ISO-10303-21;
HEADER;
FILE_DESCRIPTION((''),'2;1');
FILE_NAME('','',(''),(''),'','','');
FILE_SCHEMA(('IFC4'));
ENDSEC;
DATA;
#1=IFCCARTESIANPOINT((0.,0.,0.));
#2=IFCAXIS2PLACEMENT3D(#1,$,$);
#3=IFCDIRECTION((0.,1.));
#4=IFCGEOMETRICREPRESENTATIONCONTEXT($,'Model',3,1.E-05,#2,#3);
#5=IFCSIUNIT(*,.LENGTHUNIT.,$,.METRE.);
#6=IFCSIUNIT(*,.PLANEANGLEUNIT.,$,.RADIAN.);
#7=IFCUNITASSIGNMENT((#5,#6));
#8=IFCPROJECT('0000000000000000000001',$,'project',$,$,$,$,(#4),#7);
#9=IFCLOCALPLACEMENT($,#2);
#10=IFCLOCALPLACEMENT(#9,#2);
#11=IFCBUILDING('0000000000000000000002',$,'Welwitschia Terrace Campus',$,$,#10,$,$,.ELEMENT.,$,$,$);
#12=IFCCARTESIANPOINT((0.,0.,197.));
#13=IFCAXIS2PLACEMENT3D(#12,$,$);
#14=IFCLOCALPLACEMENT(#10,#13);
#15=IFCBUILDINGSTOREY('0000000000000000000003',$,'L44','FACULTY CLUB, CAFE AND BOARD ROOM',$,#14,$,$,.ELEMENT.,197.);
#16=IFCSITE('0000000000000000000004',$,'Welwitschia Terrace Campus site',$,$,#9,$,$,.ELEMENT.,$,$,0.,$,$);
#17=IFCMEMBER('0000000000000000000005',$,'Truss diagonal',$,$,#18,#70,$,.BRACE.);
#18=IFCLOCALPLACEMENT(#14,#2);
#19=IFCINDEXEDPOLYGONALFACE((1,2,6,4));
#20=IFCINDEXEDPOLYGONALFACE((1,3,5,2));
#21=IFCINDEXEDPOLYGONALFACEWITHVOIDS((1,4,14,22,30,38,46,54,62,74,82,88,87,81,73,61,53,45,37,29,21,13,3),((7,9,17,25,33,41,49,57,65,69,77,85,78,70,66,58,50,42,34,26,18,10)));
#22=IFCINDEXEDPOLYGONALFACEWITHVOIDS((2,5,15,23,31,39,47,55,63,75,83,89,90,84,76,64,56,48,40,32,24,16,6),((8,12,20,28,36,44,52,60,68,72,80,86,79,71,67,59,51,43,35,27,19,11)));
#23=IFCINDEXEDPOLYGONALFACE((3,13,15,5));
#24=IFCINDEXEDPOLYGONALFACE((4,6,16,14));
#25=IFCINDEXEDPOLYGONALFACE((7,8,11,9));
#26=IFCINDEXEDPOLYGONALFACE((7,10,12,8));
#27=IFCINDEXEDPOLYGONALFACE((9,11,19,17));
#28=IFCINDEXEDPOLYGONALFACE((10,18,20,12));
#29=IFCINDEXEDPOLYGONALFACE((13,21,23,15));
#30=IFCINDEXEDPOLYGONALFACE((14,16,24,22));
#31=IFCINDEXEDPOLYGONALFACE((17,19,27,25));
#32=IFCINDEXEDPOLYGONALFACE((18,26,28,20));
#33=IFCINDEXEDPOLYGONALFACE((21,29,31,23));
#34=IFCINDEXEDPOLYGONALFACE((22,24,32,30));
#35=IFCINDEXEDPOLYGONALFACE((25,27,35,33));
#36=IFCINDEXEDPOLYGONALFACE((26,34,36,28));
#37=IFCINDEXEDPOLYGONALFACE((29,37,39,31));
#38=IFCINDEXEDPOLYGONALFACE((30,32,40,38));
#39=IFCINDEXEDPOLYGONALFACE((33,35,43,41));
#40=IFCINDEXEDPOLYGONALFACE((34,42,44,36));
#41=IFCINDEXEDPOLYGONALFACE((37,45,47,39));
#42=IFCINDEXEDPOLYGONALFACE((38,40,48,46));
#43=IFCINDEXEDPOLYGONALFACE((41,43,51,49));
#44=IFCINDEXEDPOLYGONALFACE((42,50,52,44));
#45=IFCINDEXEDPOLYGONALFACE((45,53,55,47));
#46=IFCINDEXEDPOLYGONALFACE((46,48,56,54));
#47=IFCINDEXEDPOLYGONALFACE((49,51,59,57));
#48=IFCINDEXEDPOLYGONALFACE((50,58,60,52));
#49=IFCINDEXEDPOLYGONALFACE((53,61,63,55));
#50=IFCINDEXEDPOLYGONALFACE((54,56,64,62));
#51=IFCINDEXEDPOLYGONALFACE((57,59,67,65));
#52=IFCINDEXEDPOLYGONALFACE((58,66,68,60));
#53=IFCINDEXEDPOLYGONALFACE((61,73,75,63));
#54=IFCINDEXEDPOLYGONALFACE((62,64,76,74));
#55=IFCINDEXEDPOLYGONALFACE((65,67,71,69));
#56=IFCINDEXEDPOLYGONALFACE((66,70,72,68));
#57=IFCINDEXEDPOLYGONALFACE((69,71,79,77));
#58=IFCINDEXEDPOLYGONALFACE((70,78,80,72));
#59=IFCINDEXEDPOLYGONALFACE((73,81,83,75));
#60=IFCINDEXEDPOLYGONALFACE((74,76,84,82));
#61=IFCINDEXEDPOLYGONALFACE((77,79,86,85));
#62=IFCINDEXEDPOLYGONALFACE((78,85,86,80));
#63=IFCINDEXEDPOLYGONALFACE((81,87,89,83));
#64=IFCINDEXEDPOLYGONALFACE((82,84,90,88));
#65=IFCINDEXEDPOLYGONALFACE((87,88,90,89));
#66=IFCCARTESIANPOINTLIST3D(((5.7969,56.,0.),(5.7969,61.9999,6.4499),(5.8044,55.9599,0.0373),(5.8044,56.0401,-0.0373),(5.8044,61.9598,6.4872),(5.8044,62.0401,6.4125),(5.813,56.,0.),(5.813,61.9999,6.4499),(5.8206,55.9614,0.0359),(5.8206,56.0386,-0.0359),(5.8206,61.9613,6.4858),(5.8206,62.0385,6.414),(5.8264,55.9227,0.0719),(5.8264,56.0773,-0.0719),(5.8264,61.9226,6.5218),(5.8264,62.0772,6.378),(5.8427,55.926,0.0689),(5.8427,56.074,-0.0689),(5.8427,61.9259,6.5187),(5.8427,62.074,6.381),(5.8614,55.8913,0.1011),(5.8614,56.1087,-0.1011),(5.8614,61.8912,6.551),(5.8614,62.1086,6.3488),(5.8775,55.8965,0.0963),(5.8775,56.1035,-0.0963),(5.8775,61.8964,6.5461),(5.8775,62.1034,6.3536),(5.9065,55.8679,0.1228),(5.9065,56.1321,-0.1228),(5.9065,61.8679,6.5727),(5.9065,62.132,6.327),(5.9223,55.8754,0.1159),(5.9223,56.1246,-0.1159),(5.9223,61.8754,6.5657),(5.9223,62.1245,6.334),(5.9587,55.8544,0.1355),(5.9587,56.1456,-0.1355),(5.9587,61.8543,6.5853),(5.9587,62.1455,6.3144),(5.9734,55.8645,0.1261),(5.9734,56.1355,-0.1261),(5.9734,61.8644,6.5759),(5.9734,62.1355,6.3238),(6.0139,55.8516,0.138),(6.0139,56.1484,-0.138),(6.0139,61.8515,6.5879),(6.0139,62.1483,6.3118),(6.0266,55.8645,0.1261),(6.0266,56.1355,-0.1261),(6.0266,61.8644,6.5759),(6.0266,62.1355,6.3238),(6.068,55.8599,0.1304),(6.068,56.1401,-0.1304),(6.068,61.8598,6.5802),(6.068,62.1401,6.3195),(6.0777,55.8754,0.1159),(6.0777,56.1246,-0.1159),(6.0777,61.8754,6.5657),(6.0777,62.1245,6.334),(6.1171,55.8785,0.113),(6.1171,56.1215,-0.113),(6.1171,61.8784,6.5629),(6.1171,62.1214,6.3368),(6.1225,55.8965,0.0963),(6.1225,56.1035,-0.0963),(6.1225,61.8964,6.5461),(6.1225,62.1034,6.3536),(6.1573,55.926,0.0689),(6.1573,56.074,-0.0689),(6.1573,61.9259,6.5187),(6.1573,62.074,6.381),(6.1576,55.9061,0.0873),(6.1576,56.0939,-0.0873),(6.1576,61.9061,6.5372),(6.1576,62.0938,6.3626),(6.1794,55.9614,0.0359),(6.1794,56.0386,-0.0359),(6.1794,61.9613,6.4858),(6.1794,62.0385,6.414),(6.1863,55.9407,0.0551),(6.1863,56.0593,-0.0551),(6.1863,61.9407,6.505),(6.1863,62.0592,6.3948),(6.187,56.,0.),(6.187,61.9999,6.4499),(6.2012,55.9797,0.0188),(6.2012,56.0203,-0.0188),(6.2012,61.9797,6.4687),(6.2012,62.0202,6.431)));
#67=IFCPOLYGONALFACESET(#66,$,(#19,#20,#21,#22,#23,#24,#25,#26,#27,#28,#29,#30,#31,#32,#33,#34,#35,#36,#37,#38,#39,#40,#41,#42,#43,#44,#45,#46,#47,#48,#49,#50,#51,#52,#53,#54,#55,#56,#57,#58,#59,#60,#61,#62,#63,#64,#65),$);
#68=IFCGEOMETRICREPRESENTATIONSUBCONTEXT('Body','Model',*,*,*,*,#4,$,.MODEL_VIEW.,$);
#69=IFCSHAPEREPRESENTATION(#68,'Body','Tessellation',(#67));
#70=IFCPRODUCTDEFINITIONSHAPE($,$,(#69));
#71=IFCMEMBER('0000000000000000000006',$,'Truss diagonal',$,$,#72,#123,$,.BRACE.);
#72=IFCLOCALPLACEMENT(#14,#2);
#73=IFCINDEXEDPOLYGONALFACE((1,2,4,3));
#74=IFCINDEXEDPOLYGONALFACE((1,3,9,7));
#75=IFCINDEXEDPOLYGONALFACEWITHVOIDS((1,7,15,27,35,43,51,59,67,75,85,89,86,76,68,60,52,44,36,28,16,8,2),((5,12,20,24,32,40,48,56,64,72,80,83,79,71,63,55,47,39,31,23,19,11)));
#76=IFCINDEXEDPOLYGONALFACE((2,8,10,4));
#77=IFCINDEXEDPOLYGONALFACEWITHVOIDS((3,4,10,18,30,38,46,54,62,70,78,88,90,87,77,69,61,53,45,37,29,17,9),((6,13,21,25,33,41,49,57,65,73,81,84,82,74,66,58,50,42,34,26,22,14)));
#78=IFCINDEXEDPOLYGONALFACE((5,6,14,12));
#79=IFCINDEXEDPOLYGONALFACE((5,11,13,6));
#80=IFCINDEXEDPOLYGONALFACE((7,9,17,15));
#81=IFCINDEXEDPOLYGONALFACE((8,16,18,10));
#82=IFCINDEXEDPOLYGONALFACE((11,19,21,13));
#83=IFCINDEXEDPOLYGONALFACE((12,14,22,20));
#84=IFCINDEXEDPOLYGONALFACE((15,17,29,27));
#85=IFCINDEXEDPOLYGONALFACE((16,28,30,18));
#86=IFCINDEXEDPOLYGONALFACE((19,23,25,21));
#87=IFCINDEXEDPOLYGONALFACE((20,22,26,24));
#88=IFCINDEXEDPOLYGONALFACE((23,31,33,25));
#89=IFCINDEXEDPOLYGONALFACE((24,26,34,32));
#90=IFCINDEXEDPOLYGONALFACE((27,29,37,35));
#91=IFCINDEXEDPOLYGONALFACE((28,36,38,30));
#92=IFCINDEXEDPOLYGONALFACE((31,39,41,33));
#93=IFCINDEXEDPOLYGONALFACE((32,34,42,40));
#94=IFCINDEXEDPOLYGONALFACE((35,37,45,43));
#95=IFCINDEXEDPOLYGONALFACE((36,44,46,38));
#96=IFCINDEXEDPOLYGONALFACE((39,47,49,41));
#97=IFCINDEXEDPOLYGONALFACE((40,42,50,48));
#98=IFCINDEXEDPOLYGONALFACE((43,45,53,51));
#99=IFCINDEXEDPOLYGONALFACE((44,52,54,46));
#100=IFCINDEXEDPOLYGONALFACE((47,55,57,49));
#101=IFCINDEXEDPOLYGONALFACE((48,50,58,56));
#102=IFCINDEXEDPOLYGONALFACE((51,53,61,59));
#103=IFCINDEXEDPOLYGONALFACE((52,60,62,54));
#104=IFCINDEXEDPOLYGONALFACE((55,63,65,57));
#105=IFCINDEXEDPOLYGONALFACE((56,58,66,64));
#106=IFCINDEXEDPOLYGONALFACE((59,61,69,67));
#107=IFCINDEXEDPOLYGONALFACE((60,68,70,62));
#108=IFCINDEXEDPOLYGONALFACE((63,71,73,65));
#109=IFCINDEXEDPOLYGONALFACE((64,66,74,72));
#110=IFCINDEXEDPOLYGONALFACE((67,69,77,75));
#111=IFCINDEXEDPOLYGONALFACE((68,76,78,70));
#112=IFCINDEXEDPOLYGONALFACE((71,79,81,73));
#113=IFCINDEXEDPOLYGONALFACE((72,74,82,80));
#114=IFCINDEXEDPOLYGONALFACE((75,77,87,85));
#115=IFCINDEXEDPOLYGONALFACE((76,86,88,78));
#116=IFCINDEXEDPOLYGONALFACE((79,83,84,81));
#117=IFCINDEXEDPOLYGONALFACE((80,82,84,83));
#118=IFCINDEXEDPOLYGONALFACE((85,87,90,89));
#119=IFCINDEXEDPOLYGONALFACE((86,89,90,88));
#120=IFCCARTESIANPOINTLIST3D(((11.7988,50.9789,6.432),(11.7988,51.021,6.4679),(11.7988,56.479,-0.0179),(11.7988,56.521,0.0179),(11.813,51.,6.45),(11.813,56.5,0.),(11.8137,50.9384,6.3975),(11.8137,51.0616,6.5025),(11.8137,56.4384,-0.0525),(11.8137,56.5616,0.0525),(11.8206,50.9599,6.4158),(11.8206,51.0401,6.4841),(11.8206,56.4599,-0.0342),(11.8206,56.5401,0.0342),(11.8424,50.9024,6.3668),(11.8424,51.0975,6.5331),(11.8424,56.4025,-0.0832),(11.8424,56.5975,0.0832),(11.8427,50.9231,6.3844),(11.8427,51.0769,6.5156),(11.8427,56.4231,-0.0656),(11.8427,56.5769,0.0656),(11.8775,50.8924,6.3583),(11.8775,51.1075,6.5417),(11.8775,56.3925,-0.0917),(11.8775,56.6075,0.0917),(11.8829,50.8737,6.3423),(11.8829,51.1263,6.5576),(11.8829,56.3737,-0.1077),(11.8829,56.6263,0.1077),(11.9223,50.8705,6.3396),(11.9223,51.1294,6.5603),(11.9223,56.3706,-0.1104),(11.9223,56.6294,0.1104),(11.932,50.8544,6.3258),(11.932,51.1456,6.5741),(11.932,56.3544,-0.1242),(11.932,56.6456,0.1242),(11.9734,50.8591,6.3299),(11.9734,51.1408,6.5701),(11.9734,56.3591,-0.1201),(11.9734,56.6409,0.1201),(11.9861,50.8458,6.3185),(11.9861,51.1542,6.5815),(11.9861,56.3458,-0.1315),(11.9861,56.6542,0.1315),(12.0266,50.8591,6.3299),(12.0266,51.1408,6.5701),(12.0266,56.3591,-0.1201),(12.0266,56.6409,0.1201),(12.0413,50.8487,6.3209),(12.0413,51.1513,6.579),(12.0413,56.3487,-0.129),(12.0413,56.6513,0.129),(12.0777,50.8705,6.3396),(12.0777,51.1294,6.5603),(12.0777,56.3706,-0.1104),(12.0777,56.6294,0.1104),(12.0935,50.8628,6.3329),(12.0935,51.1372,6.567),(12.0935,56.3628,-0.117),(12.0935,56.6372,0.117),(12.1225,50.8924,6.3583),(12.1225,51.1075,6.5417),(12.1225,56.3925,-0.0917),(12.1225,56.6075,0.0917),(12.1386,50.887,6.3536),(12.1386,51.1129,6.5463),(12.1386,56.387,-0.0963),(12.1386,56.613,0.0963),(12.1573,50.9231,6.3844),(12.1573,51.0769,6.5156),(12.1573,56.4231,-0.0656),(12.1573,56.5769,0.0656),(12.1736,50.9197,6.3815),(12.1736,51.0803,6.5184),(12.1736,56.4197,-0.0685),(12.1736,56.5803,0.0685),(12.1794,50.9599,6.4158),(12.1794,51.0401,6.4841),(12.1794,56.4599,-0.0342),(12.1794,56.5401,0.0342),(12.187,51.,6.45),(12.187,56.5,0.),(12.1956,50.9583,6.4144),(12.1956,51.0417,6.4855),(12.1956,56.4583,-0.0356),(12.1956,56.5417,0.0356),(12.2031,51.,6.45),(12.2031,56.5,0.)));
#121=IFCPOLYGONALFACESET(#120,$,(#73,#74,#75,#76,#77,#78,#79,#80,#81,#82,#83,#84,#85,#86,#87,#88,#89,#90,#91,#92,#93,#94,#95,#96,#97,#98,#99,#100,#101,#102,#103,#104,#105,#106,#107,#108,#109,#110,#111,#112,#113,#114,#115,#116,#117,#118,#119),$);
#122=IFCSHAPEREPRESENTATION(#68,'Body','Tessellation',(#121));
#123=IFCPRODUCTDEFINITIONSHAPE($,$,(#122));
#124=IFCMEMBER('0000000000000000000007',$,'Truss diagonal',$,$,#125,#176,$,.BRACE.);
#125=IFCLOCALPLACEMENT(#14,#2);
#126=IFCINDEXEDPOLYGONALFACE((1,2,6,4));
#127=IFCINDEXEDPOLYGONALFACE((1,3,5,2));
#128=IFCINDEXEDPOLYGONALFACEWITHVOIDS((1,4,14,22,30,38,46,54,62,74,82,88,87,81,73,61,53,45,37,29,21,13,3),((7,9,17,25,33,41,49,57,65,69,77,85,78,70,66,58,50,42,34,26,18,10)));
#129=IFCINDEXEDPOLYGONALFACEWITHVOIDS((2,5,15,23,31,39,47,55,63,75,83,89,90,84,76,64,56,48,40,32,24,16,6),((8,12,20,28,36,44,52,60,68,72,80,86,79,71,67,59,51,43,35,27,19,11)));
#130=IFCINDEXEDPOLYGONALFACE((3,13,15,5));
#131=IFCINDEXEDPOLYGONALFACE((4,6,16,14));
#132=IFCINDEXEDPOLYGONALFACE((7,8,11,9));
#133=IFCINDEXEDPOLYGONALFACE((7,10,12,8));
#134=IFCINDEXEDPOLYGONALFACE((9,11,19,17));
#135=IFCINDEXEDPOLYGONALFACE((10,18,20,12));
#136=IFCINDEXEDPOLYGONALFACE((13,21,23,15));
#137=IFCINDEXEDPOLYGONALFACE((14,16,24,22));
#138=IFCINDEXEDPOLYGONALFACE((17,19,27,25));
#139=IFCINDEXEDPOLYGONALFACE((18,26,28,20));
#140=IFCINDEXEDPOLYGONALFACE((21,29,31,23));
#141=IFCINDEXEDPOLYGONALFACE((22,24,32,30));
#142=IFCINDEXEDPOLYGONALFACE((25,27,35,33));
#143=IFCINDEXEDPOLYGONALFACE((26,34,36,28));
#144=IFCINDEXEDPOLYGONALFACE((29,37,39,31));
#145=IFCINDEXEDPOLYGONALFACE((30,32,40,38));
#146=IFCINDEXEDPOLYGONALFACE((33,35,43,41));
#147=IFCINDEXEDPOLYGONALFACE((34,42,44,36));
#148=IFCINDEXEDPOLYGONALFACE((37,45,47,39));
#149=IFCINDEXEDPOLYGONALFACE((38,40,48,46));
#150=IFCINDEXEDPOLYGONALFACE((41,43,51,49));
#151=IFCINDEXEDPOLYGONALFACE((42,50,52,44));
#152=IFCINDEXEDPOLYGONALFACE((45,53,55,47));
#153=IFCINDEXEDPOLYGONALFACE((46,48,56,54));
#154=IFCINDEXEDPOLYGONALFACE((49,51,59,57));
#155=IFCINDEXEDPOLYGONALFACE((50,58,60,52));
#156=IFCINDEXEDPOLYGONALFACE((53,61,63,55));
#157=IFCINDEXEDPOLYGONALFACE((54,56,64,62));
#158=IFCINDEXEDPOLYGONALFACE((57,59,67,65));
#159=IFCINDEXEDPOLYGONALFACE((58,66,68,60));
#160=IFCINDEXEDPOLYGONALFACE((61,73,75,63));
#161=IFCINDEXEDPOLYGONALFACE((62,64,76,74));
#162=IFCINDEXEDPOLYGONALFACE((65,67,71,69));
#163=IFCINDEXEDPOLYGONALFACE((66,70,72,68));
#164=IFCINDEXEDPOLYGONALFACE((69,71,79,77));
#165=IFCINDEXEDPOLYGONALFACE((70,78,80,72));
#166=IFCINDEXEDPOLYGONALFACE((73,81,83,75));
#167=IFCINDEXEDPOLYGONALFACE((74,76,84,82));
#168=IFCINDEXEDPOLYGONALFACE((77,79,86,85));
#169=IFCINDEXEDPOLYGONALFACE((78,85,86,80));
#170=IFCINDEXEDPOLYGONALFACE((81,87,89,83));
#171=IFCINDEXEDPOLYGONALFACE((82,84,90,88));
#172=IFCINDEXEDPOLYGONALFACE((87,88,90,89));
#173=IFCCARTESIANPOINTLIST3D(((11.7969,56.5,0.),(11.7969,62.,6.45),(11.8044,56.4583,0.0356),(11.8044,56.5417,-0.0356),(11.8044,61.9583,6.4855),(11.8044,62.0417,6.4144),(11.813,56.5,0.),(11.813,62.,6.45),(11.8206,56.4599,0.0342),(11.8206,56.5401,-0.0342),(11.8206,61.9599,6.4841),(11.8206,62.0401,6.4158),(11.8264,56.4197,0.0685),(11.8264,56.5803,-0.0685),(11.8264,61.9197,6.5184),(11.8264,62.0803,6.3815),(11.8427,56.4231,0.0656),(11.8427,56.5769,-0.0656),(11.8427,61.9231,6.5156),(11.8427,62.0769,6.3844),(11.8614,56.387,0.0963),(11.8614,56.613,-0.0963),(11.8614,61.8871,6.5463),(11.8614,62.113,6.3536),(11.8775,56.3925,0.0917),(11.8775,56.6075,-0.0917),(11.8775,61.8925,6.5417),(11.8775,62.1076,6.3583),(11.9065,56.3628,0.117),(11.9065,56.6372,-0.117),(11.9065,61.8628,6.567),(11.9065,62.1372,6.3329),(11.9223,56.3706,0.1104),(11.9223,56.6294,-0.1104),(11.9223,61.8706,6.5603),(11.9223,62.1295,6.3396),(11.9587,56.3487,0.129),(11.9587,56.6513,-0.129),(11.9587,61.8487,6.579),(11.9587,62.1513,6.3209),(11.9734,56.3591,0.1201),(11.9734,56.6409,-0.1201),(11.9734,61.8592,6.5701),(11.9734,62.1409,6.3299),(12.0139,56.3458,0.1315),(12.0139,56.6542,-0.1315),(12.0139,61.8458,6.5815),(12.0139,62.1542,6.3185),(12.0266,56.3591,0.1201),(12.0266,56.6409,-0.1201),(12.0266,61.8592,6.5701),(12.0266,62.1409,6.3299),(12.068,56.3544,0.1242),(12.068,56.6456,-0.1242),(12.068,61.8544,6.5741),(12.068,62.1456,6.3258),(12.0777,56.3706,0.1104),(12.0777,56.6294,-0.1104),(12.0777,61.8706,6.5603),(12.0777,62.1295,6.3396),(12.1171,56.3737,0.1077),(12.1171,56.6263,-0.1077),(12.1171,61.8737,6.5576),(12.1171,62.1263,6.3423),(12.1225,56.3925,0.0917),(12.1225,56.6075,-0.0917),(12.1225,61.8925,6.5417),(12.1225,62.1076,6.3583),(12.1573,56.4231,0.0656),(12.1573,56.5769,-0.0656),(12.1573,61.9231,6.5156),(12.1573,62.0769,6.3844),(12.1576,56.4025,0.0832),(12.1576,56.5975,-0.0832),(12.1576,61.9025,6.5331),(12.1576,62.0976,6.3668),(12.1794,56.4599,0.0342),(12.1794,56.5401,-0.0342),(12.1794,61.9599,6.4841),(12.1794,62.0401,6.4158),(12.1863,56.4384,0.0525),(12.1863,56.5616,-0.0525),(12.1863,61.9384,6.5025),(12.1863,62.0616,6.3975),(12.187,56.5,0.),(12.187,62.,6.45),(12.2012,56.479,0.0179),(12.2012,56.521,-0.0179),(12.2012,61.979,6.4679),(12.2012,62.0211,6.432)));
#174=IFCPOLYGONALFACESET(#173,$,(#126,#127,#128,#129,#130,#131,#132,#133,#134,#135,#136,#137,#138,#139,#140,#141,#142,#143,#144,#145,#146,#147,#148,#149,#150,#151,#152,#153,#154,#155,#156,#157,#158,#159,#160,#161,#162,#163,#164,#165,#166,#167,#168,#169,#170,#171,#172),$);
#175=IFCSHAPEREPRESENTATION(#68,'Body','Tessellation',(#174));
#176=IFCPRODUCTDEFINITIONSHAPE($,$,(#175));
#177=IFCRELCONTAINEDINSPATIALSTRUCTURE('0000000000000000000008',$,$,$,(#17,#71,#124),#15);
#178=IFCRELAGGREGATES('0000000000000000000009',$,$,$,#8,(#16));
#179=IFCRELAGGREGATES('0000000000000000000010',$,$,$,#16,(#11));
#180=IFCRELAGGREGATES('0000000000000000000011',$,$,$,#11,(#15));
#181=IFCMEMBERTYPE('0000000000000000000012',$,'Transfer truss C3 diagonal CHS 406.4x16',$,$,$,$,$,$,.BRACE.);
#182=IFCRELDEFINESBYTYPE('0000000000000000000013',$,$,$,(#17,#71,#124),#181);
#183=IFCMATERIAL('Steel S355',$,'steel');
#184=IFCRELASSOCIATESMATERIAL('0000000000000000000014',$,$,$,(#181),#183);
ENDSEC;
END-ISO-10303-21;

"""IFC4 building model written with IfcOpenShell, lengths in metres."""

from ifc_helpers import new_model, si_unit, direction, frame, origin, origin_2d, place, context, subcontext, project, spatial, hollow_circle, extrude, material, material_profile, profile_set, type_object, element, save


model = new_model("IFC4")

# Units and contexts
model_context = context("Model", 3, precision=1e-05, world=origin(), true_north=direction((0.0, 1.0)))
body_context = subcontext(model_context, "Body", "Model", "MODEL_VIEW")
ifc_project = project(units=[si_unit("LENGTHUNIT", "METRE"), si_unit("PLANEANGLEUNIT", "RADIAN")], contexts=[model_context])

# Site, building, storey
site_placement = place(None, origin())
site = spatial("IfcSite", under=ifc_project, at=site_placement, Name="Welwitschia Terrace Campus site", CompositionType="ELEMENT", RefElevation=0.0)
building_placement = place(site_placement, origin())
building = spatial("IfcBuilding", under=site, at=building_placement, Name="Welwitschia Terrace Campus", CompositionType="ELEMENT")
storey_placement = place(building_placement, frame((0.0, 0.0, 197.0)))
storey = spatial("IfcBuildingStorey", under=building, at=storey_placement, Name="L44", Description="FACULTY CLUB, CAFE AND BOARD ROOM", CompositionType="ELEMENT", Elevation=197.0)

# Members
ifc_material_1 = material(Name="Steel S355", Category="steel")
ifc_material_profile_1 = material_profile(ifc_material_1, hollow_circle(Radius=0.2031, WallThickness=0.0161, at=origin_2d()))
ifc_profile_set_1 = profile_set([ifc_material_profile_1], Name="Steel S355")
member_type_1 = type_object("IfcMemberType", Name="Transfer truss C3 diagonal CHS 406.4x16", PredefinedType="BRACE", material=ifc_profile_set_1)
member_1_placement = place(storey_placement, frame((6.0, 56.0, 0.0), z_axis=(0.0, 0.681107, 0.732184), x_axis=(-1.0, 0.0, 0.0)))
element("IfcMember", 1, at=member_1_placement, inside=storey, type_object=member_type_1, Name="Truss diagonal", PredefinedType="BRACE", context=body_context, shape_type="SweptSolid", body=[
    extrude(hollow_circle(Radius=0.2031, WallThickness=0.0161, at=origin_2d()), origin(), (0.0, 0.0, 1.0), 8.8091),
])
for number, where, z_axis, x_axis, name in (
    (2, (12.0, 56.5, 0.0), (0.0, -0.648849, 0.760917), (1.0, 0.0, 0.0), "Truss diagonal"),
    (3, (12.0, 56.5, 0.0), (0.0, 0.648849, 0.760917), (-1.0, 0.0, 0.0), "Truss diagonal"),
):
    element("IfcMember", number, at=place(storey_placement, frame(where, z_axis=z_axis, x_axis=x_axis)), inside=storey, type_object=member_type_1, Name=name, PredefinedType="BRACE", context=body_context, shape_type="SweptSolid", body=[
        extrude(hollow_circle(Radius=0.2031, WallThickness=0.0161, at=origin_2d()), origin(), (0.0, 0.0, 1.0), 8.4766),
    ])

save(model, "model.ifc")
